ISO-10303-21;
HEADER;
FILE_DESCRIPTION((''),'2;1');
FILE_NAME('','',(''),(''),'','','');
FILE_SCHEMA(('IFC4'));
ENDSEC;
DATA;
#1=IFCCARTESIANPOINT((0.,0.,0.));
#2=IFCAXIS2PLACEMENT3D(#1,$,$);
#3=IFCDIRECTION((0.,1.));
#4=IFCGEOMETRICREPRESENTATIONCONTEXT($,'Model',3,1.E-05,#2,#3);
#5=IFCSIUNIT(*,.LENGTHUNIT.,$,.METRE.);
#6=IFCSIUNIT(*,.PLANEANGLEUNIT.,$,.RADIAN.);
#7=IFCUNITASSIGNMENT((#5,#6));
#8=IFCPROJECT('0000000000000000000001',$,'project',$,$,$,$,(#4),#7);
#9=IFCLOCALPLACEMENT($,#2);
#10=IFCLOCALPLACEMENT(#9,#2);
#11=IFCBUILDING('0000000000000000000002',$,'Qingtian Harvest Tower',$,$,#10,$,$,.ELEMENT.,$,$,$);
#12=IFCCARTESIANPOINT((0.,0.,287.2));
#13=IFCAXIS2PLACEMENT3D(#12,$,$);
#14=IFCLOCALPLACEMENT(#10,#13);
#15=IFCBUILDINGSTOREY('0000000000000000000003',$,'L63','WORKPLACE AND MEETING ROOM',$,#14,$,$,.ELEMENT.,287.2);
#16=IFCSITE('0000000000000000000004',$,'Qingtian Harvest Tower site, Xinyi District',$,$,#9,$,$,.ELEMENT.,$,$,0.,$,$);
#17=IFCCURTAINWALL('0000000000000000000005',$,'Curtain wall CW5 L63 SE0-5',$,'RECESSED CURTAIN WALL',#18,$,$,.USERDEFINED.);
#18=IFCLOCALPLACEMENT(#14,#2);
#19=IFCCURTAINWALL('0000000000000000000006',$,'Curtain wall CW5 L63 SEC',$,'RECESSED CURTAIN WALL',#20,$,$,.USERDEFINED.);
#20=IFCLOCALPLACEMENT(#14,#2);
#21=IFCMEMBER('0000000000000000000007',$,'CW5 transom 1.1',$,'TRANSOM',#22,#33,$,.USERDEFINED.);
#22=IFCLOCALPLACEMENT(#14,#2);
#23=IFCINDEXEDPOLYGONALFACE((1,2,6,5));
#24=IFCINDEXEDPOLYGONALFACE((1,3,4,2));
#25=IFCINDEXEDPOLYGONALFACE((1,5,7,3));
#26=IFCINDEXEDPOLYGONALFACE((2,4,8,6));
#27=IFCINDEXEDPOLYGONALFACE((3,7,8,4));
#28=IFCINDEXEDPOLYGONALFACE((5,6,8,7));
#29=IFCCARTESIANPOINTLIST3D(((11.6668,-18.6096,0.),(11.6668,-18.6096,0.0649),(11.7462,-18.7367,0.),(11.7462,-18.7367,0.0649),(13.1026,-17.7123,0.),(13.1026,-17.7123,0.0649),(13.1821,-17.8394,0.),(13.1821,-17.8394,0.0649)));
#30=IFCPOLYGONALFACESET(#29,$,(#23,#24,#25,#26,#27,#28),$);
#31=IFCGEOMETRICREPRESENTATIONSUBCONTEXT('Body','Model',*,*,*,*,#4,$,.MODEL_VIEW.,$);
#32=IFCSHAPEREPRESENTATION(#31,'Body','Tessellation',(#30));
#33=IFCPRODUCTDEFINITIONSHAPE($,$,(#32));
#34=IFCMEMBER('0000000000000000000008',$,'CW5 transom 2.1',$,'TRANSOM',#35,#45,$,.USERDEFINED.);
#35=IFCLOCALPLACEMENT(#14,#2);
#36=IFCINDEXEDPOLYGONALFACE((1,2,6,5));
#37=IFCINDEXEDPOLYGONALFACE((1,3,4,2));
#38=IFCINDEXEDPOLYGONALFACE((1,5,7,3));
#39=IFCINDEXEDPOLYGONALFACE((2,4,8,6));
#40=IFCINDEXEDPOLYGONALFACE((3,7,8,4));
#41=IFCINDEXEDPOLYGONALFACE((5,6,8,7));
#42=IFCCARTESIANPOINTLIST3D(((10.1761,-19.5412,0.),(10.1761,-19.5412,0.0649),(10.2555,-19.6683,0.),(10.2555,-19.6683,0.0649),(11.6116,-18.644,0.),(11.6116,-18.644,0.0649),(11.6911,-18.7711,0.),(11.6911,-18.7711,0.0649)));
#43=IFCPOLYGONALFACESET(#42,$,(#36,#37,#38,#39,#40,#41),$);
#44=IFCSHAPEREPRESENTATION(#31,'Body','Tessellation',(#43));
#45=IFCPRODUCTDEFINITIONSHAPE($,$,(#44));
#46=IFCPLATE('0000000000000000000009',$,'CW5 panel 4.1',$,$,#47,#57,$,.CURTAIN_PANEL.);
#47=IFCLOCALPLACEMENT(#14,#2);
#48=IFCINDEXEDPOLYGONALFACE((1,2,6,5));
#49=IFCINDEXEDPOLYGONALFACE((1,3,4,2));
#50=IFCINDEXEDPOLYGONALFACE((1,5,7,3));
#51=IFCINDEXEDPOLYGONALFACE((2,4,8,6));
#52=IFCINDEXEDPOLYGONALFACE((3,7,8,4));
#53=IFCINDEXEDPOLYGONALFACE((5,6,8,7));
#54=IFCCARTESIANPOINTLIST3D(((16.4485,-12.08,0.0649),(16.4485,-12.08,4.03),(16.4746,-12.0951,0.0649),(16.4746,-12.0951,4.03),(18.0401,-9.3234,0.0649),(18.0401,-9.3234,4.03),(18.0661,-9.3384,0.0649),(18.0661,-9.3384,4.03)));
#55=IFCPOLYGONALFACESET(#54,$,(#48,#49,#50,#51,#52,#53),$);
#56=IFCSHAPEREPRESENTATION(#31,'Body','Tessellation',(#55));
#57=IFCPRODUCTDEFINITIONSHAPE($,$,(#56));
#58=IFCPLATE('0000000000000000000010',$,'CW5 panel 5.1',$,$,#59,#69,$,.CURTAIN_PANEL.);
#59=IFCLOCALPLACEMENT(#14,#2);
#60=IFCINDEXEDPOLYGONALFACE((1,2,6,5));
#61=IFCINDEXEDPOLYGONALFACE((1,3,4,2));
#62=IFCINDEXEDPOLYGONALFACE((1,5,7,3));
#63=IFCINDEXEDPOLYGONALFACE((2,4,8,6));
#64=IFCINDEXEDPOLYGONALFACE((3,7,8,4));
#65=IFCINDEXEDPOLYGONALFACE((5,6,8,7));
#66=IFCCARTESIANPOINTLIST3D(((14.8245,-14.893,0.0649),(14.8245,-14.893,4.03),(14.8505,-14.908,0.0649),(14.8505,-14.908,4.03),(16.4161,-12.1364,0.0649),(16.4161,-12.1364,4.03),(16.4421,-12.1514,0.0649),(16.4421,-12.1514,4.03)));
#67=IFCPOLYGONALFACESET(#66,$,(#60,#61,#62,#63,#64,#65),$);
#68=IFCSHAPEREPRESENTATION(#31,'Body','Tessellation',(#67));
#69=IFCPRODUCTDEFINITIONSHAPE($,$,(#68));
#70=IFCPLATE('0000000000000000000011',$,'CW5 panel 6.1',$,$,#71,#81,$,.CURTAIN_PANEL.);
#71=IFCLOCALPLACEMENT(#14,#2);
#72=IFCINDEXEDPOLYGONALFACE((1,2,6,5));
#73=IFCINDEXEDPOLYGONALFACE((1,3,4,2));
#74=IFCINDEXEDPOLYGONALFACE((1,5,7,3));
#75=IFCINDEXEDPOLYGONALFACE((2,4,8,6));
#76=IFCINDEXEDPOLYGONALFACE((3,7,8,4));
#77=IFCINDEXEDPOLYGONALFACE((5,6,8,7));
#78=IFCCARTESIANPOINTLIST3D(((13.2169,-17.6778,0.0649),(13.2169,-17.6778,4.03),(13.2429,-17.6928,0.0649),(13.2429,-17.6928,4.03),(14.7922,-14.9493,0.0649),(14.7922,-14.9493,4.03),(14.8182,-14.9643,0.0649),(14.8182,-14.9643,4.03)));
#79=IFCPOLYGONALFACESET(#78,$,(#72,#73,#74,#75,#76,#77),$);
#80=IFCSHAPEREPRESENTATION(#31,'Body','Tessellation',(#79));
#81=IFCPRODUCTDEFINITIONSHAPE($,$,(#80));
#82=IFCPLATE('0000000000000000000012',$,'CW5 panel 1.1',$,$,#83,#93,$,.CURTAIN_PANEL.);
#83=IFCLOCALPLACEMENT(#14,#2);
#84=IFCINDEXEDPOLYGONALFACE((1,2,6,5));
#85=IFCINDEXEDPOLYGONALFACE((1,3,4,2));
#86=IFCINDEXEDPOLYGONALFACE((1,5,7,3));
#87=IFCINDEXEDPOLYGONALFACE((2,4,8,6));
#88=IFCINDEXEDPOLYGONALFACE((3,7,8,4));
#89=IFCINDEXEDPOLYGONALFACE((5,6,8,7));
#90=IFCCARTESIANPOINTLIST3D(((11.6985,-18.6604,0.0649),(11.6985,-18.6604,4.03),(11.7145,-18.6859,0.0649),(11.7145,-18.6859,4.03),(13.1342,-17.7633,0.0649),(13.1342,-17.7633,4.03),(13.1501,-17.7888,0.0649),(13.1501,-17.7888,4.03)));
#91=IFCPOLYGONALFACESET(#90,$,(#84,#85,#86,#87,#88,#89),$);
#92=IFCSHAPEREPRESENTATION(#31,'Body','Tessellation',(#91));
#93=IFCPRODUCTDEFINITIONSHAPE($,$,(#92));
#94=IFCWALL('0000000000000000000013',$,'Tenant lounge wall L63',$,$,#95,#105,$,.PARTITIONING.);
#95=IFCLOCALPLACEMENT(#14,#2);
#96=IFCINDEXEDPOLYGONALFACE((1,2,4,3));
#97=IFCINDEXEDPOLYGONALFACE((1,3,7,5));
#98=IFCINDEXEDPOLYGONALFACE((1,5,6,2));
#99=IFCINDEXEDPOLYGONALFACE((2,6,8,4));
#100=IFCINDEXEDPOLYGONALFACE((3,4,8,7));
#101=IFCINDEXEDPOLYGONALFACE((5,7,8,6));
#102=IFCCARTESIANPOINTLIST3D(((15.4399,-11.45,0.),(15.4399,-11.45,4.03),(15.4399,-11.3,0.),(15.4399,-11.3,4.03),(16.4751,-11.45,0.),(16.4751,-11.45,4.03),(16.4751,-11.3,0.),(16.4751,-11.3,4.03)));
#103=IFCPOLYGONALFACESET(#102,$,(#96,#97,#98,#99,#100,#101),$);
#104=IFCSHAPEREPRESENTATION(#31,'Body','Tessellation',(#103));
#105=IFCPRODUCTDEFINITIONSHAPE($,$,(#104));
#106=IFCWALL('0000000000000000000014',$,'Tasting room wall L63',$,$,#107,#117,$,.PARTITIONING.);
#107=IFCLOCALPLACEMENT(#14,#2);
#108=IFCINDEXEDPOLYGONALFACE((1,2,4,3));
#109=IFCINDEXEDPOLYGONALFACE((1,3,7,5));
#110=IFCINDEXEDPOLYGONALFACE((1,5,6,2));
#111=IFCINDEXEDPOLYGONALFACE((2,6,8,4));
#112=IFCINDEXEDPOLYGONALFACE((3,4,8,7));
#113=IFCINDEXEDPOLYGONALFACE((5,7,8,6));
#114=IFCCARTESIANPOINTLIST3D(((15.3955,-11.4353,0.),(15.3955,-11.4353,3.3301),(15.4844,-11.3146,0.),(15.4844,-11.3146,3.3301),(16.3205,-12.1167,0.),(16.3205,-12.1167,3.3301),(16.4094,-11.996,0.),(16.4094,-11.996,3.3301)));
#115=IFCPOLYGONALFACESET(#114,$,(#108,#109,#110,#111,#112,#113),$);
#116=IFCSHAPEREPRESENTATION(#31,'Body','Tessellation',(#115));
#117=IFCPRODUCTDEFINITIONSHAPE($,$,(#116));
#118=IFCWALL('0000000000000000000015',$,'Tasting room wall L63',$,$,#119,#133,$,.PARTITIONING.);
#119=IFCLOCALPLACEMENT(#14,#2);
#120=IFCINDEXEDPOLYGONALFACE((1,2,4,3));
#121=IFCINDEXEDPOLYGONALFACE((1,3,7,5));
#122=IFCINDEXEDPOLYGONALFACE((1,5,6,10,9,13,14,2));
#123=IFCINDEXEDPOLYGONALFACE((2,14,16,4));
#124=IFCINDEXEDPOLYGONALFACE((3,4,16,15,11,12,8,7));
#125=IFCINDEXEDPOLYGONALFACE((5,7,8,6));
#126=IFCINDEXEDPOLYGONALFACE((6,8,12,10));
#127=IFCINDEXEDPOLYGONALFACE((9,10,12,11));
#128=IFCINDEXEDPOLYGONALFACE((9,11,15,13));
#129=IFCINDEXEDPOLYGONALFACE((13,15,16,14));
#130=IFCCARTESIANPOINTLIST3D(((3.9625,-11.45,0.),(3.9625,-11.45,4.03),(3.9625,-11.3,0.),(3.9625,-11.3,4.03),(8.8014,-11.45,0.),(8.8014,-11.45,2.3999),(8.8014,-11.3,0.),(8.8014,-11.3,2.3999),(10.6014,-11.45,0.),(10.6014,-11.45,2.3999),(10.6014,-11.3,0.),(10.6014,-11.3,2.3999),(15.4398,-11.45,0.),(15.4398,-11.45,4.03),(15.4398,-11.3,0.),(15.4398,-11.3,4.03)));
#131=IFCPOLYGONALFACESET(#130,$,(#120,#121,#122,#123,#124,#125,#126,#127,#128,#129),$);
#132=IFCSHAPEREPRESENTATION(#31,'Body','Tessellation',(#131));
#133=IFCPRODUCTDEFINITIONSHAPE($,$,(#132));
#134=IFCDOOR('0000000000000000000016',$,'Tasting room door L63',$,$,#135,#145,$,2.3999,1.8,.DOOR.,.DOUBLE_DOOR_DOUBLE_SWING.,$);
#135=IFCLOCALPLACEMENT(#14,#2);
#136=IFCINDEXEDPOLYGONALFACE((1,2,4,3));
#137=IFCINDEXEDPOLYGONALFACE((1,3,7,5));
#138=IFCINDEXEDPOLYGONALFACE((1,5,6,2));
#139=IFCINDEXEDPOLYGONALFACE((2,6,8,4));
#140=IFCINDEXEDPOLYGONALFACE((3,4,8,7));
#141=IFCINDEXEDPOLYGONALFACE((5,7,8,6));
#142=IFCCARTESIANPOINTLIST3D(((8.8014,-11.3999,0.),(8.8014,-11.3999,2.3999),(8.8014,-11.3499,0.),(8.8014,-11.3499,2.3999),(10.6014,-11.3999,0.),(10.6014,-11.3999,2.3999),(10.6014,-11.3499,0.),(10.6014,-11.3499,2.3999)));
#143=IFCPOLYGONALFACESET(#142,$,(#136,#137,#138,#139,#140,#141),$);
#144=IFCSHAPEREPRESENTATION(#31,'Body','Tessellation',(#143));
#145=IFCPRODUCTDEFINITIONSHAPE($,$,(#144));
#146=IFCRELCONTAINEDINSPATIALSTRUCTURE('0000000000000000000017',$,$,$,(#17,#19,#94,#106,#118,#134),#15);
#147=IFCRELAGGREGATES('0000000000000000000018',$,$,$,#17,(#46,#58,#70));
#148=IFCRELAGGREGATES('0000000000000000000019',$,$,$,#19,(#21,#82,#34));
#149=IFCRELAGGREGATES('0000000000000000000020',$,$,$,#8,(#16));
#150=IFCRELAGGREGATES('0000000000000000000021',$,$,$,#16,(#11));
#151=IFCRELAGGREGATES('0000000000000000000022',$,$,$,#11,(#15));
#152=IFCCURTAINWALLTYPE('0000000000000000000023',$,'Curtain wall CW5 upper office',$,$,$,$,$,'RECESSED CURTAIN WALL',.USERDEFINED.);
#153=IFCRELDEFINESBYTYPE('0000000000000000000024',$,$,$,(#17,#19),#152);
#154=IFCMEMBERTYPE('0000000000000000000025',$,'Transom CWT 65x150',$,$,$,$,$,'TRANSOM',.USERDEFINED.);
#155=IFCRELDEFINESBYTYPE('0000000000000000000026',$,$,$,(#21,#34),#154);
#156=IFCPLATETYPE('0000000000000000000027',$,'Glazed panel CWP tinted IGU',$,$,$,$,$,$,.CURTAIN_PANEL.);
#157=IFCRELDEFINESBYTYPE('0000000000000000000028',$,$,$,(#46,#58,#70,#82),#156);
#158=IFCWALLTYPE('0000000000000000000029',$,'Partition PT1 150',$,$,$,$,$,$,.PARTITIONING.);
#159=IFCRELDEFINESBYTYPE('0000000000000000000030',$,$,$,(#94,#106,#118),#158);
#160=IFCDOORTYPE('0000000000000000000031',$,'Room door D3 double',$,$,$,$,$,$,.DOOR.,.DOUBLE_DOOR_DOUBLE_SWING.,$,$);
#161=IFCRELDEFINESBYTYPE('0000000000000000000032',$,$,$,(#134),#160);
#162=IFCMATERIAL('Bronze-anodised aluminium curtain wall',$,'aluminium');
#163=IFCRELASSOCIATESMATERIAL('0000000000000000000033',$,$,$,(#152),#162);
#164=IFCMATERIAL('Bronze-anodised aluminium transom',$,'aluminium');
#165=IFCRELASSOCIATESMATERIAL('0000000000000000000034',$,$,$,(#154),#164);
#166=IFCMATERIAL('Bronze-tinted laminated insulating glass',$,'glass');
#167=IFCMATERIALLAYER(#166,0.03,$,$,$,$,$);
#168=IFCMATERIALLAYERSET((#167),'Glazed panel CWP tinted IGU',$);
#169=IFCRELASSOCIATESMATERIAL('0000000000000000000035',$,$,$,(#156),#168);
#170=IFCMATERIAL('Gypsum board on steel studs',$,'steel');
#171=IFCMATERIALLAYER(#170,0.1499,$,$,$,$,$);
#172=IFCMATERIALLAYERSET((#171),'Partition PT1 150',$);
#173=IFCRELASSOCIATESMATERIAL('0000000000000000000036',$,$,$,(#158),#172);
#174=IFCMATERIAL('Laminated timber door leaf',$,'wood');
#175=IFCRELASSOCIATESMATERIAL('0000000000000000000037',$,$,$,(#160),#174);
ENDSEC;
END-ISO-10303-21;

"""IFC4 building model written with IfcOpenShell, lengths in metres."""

from ifc_helpers import new_model, si_unit, direction, frame, frame_2d, origin, origin_2d, place, context, subcontext, project, spatial, rectangle, extrude, material, layer, layer_set, material_profile, profile_set, type_object, element, fill, aggregate, save


model = new_model("IFC4")

# Units and contexts
model_context = context("Model", 3, precision=1e-05, world=origin(), true_north=direction((0.0, 1.0)))
body_context = subcontext(model_context, "Body", "Model", "MODEL_VIEW")
ifc_project = project(units=[si_unit("LENGTHUNIT", "METRE"), si_unit("PLANEANGLEUNIT", "RADIAN")], contexts=[model_context])

# Site, building, storey
site_placement = place(None, origin())
site = spatial("IfcSite", under=ifc_project, at=site_placement, Name="Qingtian Harvest Tower site, Xinyi District", CompositionType="ELEMENT", RefElevation=0.0)
building_placement = place(site_placement, origin())
building = spatial("IfcBuilding", under=site, at=building_placement, Name="Qingtian Harvest Tower", CompositionType="ELEMENT")
storey_placement = place(building_placement, frame((0.0, 0.0, 287.2)))
storey = spatial("IfcBuildingStorey", under=building, at=storey_placement, Name="L63", Description="WORKPLACE AND MEETING ROOM", CompositionType="ELEMENT", Elevation=287.2)

# Curtain walls
ifc_material_1 = material(Name="Bronze-anodised aluminium curtain wall", Category="aluminium")
curtain_wall_type = type_object("IfcCurtainWallType", Name="Curtain wall CW5 upper office", ElementType="RECESSED CURTAIN WALL", PredefinedType="USERDEFINED", material=ifc_material_1)
curtain_wall_1_placement = place(storey_placement, origin())
curtain_wall_1 = element("IfcCurtainWall", 1, at=curtain_wall_1_placement, inside=storey, type_object=curtain_wall_type, Name="Curtain wall CW5 L63 SE0-5", ObjectType="RECESSED CURTAIN WALL", PredefinedType="USERDEFINED")
curtain_wall_2_placement = place(storey_placement, origin())
curtain_wall_2 = element("IfcCurtainWall", 2, at=curtain_wall_2_placement, inside=storey, type_object=curtain_wall_type, Name="Curtain wall CW5 L63 SEC", ObjectType="RECESSED CURTAIN WALL", PredefinedType="USERDEFINED")

# Members
ifc_material_2 = material(Name="Bronze-anodised aluminium transom", Category="aluminium")
ifc_material_profile_1 = material_profile(ifc_material_2, rectangle(XDim=0.1499, YDim=0.0649, at=origin_2d()), Name="AL 65x150")
ifc_profile_set_1 = profile_set([ifc_material_profile_1], Name="Bronze-anodised aluminium transom")
member_type_1 = type_object("IfcMemberType", Name="Transom CWT 65x150", ElementType="TRANSOM", PredefinedType="USERDEFINED", material=ifc_profile_set_1)
member_1_placement = place(storey_placement, frame((13.1423, -17.7759, 0.0325), z_axis=(-0.848039, -0.529934, 0.0), x_axis=(0.529934, -0.848039, 0.0)))
member_1 = element("IfcMember", 3, at=member_1_placement, type_object=member_type_1, Name="CW5 transom 1.1", ObjectType="TRANSOM", PredefinedType="USERDEFINED", context=body_context, shape_type="SweptSolid", body=[
    extrude(rectangle(XDim=0.1499, YDim=0.0649, at=origin_2d()), origin(), (0.0, 0.0, 1.0), 1.6931),
])
member_2_placement = place(storey_placement, frame((11.6514, -18.7075, 0.0325), z_axis=(-0.847998, -0.529999, 0.0), x_axis=(0.529999, -0.847998, 0.0)))
member_2 = element("IfcMember", 4, at=member_2_placement, type_object=member_type_1, Name="CW5 transom 2.1", ObjectType="TRANSOM", PredefinedType="USERDEFINED", context=body_context, shape_type="SweptSolid", body=[
    extrude(rectangle(XDim=0.1499, YDim=0.0649, at=origin_2d()), origin(), (0.0, 0.0, 1.0), 1.6929),
])

# Plates
ifc_material_3 = material(Name="Bronze-tinted laminated insulating glass", Category="glass")
ifc_layer_1 = layer(ifc_material_3, 0.03)
ifc_layer_set_1 = layer_set([ifc_layer_1], Name="Glazed panel CWP tinted IGU")
plate_type = type_object("IfcPlateType", Name="Glazed panel CWP tinted IGU", PredefinedType="CURTAIN_PANEL", material=ifc_layer_set_1)
plate_1_placement = place(storey_placement, frame((17.2573, -10.7092, 0.0649), z_axis=(0.0, 0.0, 1.0), x_axis=(-0.5, -0.866025, 0.0)))
plate_1 = element("IfcPlate", 5, at=plate_1_placement, type_object=plate_type, Name="CW5 panel 4.1", PredefinedType="CURTAIN_PANEL", context=body_context, shape_type="SweptSolid", body=[
    extrude(rectangle(XDim=3.1831, YDim=0.03, at=origin_2d()), origin(), (0.0, 0.0, 1.0), 3.9651),
])
plate_2_placement = place(storey_placement, frame((15.6333, -13.5222, 0.0649), z_axis=(0.0, 0.0, 1.0), x_axis=(-0.5, -0.866025, 0.0)))
plate_2 = element("IfcPlate", 6, at=plate_2_placement, type_object=plate_type, Name="CW5 panel 5.1", PredefinedType="CURTAIN_PANEL", context=body_context, shape_type="SweptSolid", body=[
    extrude(rectangle(XDim=3.1831, YDim=0.03, at=origin_2d()), origin(), (0.0, 0.0, 1.0), 3.9651),
])
plate_3_placement = place(storey_placement, frame((14.0176, -16.321, 0.0649), z_axis=(0.0, 0.0, 1.0), x_axis=(-0.5, -0.866025, 0.0)))
plate_3 = element("IfcPlate", 7, at=plate_3_placement, type_object=plate_type, Name="CW5 panel 6.1", PredefinedType="CURTAIN_PANEL", context=body_context, shape_type="SweptSolid", body=[
    extrude(rectangle(XDim=3.1506, YDim=0.03, at=origin_2d()), origin(), (0.0, 0.0, 1.0), 3.9651),
])
aggregate(curtain_wall_1, [plate_1, plate_2, plate_3])
plate_4_placement = place(storey_placement, frame((12.4243, -18.2246, 0.0649), z_axis=(0.0, 0.0, 1.0), x_axis=(-0.848048, -0.529919, 0.0)))
plate_4 = element("IfcPlate", 8, at=plate_4_placement, type_object=plate_type, Name="CW5 panel 1.1", PredefinedType="CURTAIN_PANEL", context=body_context, shape_type="SweptSolid", body=[
    extrude(rectangle(XDim=1.6929, YDim=0.03, at=origin_2d()), origin(), (0.0, 0.0, 1.0), 3.9651),
])
aggregate(curtain_wall_2, [member_1, plate_4, member_2])

# Walls
ifc_material_4 = material(Name="Gypsum board on steel studs", Category="steel")
ifc_layer_2 = layer(ifc_material_4, 0.1499)
ifc_layer_set_2 = layer_set([ifc_layer_2], Name="Partition PT1 150")
wall_type = type_object("IfcWallType", Name="Partition PT1 150", PredefinedType="PARTITIONING", material=ifc_layer_set_2)
wall_1_placement = place(storey_placement, frame((16.4751, -11.375, 0.0), z_axis=(0.0, 0.0, 1.0), x_axis=(-1.0, 0.0, 0.0)))
element("IfcWall", 9, at=wall_1_placement, inside=storey, type_object=wall_type, Name="Tenant lounge wall L63", PredefinedType="PARTITIONING", context=body_context, shape_type="SweptSolid", body=[
    extrude(rectangle(XDim=1.0352, YDim=0.1499, at=frame_2d((0.5176, 0.0))), origin(), (0.0, 0.0, 1.0), 4.03),
])
wall_2_placement = place(storey_placement, frame((16.365, -12.0564, 0.0), z_axis=(0.0, 0.0, 1.0), x_axis=(-0.805147, 0.593076, 0.0)))
element("IfcWall", 10, at=wall_2_placement, inside=storey, type_object=wall_type, Name="Tasting room wall L63", PredefinedType="PARTITIONING", context=body_context, shape_type="SweptSolid", body=[
    extrude(rectangle(XDim=1.1489, YDim=0.1499, at=frame_2d((0.5745, 0.0))), origin(), (0.0, 0.0, 1.0), 3.3301),
])

# Wall, opening, door
wall_3_placement = place(storey_placement, frame((15.4399, -11.375, 0.0), z_axis=(0.0, 0.0, 1.0), x_axis=(-1.0, 0.0, 0.0)))
wall_3 = element("IfcWall", 11, at=wall_3_placement, inside=storey, type_object=wall_type, Name="Tasting room wall L63", PredefinedType="PARTITIONING", context=body_context, shape_type="SweptSolid", body=[
    extrude(rectangle(XDim=11.4773, YDim=0.1499, at=frame_2d((5.7388, 0.0))), origin(), (0.0, 0.0, 1.0), 4.03),
])
opening_placement = place(wall_3_placement, frame((4.8386, 0.0, 0.0)))
opening = element("IfcOpeningElement", 12, at=opening_placement, cuts=wall_3, PredefinedType="OPENING", context=body_context, shape_type="SweptSolid", body=[
    extrude(rectangle(XDim=1.8, YDim=2.3999, at=frame_2d((0.8999, 1.2))), frame((0.0, 0.085, 0.0), z_axis=(0.0, -1.0, 0.0), x_axis=(1.0, 0.0, 0.0)), (0.0, 0.0, 1.0), 0.1699),
])
ifc_material_5 = material(Name="Laminated timber door leaf", Category="wood")
door_type = type_object("IfcDoorType", Name="Room door D3 double", OperationType="DOUBLE_DOOR_DOUBLE_SWING", PredefinedType="DOOR", material=ifc_material_5)
door_placement = place(opening_placement, origin())
door = element("IfcDoor", 13, at=door_placement, inside=storey, type_object=door_type, Name="Tasting room door L63", OperationType="DOUBLE_DOOR_DOUBLE_SWING", OverallHeight=2.3999, OverallWidth=1.8, PredefinedType="DOOR", context=body_context, shape_type="SweptSolid", body=[
    extrude(rectangle(XDim=1.8, YDim=2.3999, at=frame_2d((0.8999, 1.2))), frame((0.0, 0.0249, 0.0), z_axis=(0.0, -1.0, 0.0), x_axis=(1.0, 0.0, 0.0)), (0.0, 0.0, 1.0), 0.05),
])
fill(opening, door)

save(model, "model.ifc")
